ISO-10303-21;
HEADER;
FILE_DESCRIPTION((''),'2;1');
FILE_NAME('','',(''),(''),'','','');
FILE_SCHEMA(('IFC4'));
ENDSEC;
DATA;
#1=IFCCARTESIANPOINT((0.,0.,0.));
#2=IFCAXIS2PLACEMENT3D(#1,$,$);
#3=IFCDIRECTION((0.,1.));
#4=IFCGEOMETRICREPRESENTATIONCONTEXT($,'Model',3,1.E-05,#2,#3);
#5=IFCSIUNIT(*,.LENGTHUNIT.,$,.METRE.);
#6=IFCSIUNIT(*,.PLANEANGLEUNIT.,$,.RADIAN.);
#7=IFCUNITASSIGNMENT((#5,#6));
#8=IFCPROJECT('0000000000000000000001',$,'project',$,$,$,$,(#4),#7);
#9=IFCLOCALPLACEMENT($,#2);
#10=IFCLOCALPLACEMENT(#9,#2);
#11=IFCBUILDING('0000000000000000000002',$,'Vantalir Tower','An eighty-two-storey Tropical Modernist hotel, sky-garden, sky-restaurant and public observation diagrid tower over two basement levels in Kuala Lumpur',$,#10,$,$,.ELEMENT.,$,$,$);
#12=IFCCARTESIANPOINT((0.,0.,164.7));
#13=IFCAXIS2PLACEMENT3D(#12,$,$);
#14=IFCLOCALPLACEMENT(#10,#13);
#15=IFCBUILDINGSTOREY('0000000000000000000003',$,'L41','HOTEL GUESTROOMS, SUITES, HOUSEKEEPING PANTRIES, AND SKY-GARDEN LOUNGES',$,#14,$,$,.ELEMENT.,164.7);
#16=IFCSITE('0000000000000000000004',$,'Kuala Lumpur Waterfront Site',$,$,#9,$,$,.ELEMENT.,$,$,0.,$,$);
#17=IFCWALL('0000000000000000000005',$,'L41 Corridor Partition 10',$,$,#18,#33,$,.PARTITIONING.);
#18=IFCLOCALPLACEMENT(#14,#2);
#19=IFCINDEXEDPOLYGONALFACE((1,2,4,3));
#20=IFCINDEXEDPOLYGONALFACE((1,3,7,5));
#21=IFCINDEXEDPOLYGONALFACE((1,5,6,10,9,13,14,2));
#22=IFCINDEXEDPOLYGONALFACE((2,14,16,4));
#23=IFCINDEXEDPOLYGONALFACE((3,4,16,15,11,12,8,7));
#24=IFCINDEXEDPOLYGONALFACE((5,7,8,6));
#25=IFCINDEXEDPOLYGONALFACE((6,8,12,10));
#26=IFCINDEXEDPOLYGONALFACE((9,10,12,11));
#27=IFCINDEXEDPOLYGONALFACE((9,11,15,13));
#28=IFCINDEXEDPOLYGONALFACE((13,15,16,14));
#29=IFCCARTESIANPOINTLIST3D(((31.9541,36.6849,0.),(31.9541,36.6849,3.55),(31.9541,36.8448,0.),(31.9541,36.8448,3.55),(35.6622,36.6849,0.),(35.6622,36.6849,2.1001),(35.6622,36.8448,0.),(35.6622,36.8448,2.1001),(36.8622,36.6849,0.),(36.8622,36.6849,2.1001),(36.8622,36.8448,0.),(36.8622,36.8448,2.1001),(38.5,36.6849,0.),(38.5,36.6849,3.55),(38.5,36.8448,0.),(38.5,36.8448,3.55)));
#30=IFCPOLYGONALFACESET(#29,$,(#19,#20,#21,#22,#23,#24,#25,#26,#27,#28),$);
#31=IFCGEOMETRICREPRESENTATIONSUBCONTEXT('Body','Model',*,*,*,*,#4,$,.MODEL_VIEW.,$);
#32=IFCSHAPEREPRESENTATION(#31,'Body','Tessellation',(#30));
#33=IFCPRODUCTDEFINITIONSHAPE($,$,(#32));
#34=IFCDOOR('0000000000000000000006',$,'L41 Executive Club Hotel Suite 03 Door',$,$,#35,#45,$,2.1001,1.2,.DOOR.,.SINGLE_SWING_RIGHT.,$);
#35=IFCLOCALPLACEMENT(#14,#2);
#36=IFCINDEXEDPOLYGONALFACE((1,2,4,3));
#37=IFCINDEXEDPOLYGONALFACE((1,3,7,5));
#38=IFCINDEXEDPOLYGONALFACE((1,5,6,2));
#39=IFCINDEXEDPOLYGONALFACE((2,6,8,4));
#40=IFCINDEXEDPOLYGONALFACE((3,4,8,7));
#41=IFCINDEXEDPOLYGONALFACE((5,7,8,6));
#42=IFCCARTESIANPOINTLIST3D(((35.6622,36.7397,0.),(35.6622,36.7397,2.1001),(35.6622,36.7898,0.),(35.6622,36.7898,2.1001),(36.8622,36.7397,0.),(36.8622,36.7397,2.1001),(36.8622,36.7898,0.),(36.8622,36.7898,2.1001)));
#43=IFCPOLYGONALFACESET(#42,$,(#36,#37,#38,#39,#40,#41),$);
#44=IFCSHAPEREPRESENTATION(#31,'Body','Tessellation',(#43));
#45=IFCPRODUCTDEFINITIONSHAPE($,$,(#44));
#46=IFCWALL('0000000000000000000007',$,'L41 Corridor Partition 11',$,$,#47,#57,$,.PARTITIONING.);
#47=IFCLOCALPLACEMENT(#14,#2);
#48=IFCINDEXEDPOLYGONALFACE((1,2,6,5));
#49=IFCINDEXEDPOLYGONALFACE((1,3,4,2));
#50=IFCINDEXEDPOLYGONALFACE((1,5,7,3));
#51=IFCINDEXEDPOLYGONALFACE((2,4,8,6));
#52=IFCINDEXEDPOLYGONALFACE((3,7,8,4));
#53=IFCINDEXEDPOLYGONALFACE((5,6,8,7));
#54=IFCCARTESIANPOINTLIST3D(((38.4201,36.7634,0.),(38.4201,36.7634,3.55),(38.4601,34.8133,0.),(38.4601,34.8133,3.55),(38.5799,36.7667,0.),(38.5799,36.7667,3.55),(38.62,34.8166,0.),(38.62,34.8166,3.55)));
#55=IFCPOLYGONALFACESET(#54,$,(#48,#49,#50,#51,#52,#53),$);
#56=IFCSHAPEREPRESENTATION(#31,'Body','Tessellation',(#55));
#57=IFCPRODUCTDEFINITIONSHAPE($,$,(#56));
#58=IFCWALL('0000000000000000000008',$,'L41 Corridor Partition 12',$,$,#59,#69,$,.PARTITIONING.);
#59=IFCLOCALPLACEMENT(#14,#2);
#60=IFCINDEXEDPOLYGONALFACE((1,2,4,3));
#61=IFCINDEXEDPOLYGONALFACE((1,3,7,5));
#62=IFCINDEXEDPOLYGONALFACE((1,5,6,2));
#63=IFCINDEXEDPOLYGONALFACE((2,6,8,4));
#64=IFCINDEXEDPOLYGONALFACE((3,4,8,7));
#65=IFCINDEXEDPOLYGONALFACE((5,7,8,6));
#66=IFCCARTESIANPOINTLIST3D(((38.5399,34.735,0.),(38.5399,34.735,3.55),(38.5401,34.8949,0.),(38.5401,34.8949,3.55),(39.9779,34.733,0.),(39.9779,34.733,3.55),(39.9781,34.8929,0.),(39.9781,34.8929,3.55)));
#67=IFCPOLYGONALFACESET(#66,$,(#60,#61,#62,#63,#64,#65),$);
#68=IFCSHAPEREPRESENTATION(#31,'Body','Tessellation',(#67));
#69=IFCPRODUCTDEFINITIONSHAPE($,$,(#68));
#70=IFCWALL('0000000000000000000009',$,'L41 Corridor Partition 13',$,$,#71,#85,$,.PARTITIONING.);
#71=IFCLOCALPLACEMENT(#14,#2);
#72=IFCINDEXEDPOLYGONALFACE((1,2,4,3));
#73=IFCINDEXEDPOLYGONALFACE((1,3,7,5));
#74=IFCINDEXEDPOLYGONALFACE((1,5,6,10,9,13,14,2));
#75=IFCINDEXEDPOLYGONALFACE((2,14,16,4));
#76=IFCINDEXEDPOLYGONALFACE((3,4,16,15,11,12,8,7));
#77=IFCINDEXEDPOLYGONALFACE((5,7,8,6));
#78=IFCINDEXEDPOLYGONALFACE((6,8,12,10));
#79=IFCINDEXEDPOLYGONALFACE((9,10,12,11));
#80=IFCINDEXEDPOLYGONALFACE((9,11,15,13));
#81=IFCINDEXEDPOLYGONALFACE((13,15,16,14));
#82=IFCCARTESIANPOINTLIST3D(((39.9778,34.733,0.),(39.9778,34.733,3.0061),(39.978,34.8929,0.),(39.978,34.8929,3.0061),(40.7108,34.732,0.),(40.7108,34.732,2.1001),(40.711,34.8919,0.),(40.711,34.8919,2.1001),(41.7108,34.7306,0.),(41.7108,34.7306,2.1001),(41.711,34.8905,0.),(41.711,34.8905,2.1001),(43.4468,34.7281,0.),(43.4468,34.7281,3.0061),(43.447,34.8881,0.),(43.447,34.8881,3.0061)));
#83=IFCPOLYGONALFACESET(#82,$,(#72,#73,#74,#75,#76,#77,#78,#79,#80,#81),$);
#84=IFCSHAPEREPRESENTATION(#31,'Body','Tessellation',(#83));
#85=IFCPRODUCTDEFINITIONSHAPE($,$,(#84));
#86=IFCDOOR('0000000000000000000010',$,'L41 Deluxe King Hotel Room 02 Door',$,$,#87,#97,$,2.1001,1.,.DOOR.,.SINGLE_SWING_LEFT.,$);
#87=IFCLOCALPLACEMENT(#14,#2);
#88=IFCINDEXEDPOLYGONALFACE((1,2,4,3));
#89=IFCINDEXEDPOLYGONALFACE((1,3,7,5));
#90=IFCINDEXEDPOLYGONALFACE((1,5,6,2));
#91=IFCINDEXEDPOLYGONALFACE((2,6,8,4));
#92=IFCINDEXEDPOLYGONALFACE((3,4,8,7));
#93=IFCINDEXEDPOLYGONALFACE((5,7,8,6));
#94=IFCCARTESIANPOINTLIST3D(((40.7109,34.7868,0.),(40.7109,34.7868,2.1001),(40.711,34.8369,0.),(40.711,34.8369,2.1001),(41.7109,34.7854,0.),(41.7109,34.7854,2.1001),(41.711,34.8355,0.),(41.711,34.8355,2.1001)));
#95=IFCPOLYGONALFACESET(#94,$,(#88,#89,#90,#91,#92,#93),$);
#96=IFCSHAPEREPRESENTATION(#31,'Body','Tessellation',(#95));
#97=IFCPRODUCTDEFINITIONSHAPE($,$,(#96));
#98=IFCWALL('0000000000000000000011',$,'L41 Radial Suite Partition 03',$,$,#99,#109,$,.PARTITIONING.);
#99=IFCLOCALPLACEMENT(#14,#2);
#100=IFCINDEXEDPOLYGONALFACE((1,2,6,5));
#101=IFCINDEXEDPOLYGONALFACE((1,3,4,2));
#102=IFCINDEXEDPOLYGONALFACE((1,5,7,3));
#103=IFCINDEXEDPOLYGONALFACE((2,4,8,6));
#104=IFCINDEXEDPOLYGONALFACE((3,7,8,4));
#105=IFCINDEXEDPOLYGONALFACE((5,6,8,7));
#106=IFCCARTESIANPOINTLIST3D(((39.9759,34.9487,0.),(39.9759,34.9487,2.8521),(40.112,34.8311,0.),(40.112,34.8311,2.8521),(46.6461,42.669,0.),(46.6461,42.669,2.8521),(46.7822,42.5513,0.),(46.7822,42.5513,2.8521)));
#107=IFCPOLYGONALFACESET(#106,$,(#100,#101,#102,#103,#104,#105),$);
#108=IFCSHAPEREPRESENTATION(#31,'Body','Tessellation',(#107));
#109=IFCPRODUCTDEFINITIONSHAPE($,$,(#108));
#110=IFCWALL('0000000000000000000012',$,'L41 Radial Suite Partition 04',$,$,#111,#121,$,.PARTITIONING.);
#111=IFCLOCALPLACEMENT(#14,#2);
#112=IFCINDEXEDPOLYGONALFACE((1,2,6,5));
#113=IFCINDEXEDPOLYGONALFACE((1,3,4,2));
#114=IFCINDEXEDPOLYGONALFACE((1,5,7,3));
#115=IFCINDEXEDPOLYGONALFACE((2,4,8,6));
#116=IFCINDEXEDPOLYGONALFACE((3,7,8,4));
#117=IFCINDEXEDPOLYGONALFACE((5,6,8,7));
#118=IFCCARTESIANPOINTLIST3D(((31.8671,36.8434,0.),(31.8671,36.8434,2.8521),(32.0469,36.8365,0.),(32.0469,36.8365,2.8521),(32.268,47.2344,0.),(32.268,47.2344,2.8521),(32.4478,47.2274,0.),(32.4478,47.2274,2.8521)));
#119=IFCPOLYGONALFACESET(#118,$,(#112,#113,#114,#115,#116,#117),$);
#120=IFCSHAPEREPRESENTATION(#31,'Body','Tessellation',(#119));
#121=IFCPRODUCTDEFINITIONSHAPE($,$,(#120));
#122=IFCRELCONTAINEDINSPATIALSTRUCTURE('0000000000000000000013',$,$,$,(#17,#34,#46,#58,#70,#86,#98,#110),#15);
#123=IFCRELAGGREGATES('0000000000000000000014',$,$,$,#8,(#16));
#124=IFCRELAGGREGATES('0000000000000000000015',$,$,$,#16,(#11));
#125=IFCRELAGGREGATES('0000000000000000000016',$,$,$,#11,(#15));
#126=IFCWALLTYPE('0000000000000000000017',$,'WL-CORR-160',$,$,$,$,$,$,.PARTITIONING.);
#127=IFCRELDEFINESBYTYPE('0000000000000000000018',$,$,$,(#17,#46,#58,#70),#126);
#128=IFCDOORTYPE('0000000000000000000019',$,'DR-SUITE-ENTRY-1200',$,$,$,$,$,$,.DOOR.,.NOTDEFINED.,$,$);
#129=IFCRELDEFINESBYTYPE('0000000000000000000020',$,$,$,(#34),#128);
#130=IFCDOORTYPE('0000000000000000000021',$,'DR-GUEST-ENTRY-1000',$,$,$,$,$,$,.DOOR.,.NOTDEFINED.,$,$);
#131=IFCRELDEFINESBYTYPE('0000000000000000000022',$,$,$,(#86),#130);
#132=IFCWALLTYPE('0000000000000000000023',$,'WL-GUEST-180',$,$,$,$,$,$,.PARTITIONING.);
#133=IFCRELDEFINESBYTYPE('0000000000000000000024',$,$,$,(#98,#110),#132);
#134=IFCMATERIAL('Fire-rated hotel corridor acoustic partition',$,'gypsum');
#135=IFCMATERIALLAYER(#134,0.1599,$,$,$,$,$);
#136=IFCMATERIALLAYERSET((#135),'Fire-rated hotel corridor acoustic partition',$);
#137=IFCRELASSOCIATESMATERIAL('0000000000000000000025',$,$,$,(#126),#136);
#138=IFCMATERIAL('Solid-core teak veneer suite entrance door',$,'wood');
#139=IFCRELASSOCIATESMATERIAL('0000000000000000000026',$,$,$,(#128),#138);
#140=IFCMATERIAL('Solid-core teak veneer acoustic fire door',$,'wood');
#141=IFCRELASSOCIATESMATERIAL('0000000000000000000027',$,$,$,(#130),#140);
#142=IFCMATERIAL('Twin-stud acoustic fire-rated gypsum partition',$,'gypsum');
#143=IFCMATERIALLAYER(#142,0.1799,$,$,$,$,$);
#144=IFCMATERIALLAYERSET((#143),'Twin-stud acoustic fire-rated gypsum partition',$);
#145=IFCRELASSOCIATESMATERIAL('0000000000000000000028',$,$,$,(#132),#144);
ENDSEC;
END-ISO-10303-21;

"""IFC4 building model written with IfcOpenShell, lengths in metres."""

from ifc_helpers import new_model, si_unit, direction, frame, frame_2d, origin, place, context, subcontext, project, spatial, rectangle, extrude, material, layer, layer_set, type_object, element, fill, save


model = new_model("IFC4")

# Units and contexts
model_context = context("Model", 3, precision=1e-05, world=origin(), true_north=direction((0.0, 1.0)))
body_context = subcontext(model_context, "Body", "Model", "MODEL_VIEW")
ifc_project = project(units=[si_unit("LENGTHUNIT", "METRE"), si_unit("PLANEANGLEUNIT", "RADIAN")], contexts=[model_context])

# Site, building, storey
site_placement = place(None, origin())
site = spatial("IfcSite", under=ifc_project, at=site_placement, Name="Kuala Lumpur Waterfront Site", CompositionType="ELEMENT", RefElevation=0.0)
building_placement = place(site_placement, origin())
building = spatial("IfcBuilding", under=site, at=building_placement, Name="Vantalir Tower", Description="An eighty-two-storey Tropical Modernist hotel, sky-garden, sky-restaurant and public observation diagrid tower over two basement levels in Kuala Lumpur", CompositionType="ELEMENT")
storey_placement = place(building_placement, frame((0.0, 0.0, 164.7)))
storey = spatial("IfcBuildingStorey", under=building, at=storey_placement, Name="L41", Description="HOTEL GUESTROOMS, SUITES, HOUSEKEEPING PANTRIES, AND SKY-GARDEN LOUNGES", CompositionType="ELEMENT", Elevation=164.7)

# Wall, opening, door
ifc_material_1 = material(Name="Fire-rated hotel corridor acoustic partition", Category="gypsum")
ifc_layer_1 = layer(ifc_material_1, 0.1599)
ifc_layer_set_1 = layer_set([ifc_layer_1], Name="Fire-rated hotel corridor acoustic partition")
wall_type_1 = type_object("IfcWallType", Name="WL-CORR-160", PredefinedType="PARTITIONING", material=ifc_layer_set_1)
wall_1_placement = place(storey_placement, frame((31.9541, 36.7649, 0.0), z_axis=(0.0, 0.0, 1.0), x_axis=(1.0, 0.0, 0.0)))
wall_1 = element("IfcWall", 1, at=wall_1_placement, inside=storey, type_object=wall_type_1, Name="L41 Corridor Partition 10", PredefinedType="PARTITIONING", context=body_context, shape_type="SweptSolid", body=[
    extrude(rectangle(XDim=6.5459, YDim=0.1599, at=frame_2d((3.2729, 0.0))), origin(), (0.0, 0.0, 1.0), 3.55),
])
opening_1_placement = place(wall_1_placement, frame((3.708, 0.0, 0.0)))
opening_1 = element("IfcOpeningElement", 2, at=opening_1_placement, cuts=wall_1, PredefinedType="OPENING", context=body_context, shape_type="SweptSolid", body=[
    extrude(rectangle(XDim=1.2, YDim=2.1001, at=frame_2d((0.6001, 1.05))), frame((0.0, 0.0898, 0.0), z_axis=(0.0, -1.0, 0.0), x_axis=(1.0, 0.0, 0.0)), (0.0, 0.0, 1.0), 0.1799),
])
ifc_material_2 = material(Name="Solid-core teak veneer suite entrance door", Category="wood")
door_type_1 = type_object("IfcDoorType", Name="DR-SUITE-ENTRY-1200", OperationType="NOTDEFINED", PredefinedType="DOOR", material=ifc_material_2)
door_1_placement = place(opening_1_placement, origin())
door_1 = element("IfcDoor", 3, at=door_1_placement, inside=storey, type_object=door_type_1, Name="L41 Executive Club Hotel Suite 03 Door", OperationType="SINGLE_SWING_RIGHT", OverallHeight=2.1001, OverallWidth=1.2, PredefinedType="DOOR", context=body_context, shape_type="SweptSolid", body=[
    extrude(rectangle(XDim=1.2, YDim=2.1001, at=frame_2d((0.6001, 1.05))), frame((0.0, 0.0249, 0.0), z_axis=(0.0, -1.0, 0.0), x_axis=(1.0, 0.0, 0.0)), (0.0, 0.0, 1.0), 0.05),
])
fill(opening_1, door_1)

# Walls
wall_2_placement = place(storey_placement, frame((38.5, 36.7649, 0.0), z_axis=(0.0, 0.0, 1.0), x_axis=(0.020529, -0.999789, 0.0)))
element("IfcWall", 4, at=wall_2_placement, inside=storey, type_object=wall_type_1, Name="L41 Corridor Partition 11", PredefinedType="PARTITIONING", context=body_context, shape_type="SweptSolid", body=[
    extrude(rectangle(XDim=1.9504, YDim=0.1599, at=frame_2d((0.9751, 0.0))), origin(), (0.0, 0.0, 1.0), 3.55),
])
wall_3_placement = place(storey_placement, frame((38.54, 34.8149, 0.0), z_axis=(0.0, 0.0, 1.0), x_axis=(0.999999, -0.001358, 0.0)))
element("IfcWall", 5, at=wall_3_placement, inside=storey, type_object=wall_type_1, Name="L41 Corridor Partition 12", PredefinedType="PARTITIONING", context=body_context, shape_type="SweptSolid", body=[
    extrude(rectangle(XDim=1.438, YDim=0.1599, at=frame_2d((0.719, 0.0))), origin(), (0.0, 0.0, 1.0), 3.55),
])

# Wall, opening, door
wall_4_placement = place(storey_placement, frame((39.978, 34.813, 0.0), z_axis=(0.0, 0.0, 1.0), x_axis=(0.999999, -0.001408, 0.0)))
wall_4 = element("IfcWall", 6, at=wall_4_placement, inside=storey, type_object=wall_type_1, Name="L41 Corridor Partition 13", PredefinedType="PARTITIONING", context=body_context, shape_type="SweptSolid", body=[
    extrude(rectangle(XDim=3.469, YDim=0.1599, at=frame_2d((1.7344, 0.0))), origin(), (0.0, 0.0, 1.0), 3.0061),
])
opening_2_placement = place(wall_4_placement, frame((0.7329, 0.0, 0.0)))
opening_2 = element("IfcOpeningElement", 7, at=opening_2_placement, cuts=wall_4, PredefinedType="OPENING", context=body_context, shape_type="SweptSolid", body=[
    extrude(rectangle(XDim=1.0, YDim=2.1001, at=frame_2d((0.5, 1.05))), frame((0.0, 0.0898, 0.0), z_axis=(0.0, -1.0, 0.0), x_axis=(1.0, 0.0, 0.0)), (0.0, 0.0, 1.0), 0.1799),
])
ifc_material_3 = material(Name="Solid-core teak veneer acoustic fire door", Category="wood")
door_type_2 = type_object("IfcDoorType", Name="DR-GUEST-ENTRY-1000", OperationType="NOTDEFINED", PredefinedType="DOOR", material=ifc_material_3)
door_2_placement = place(opening_2_placement, origin())
door_2 = element("IfcDoor", 8, at=door_2_placement, inside=storey, type_object=door_type_2, Name="L41 Deluxe King Hotel Room 02 Door", OperationType="SINGLE_SWING_LEFT", OverallHeight=2.1001, OverallWidth=1.0, PredefinedType="DOOR", context=body_context, shape_type="SweptSolid", body=[
    extrude(rectangle(XDim=1.0, YDim=2.1001, at=frame_2d((0.5, 1.05))), frame((0.0, 0.0249, 0.0), z_axis=(0.0, -1.0, 0.0), x_axis=(1.0, 0.0, 0.0)), (0.0, 0.0, 1.0), 0.05),
])
fill(opening_2, door_2)

# Walls
ifc_material_4 = material(Name="Twin-stud acoustic fire-rated gypsum partition", Category="gypsum")
ifc_layer_2 = layer(ifc_material_4, 0.1799)
ifc_layer_set_2 = layer_set([ifc_layer_2], Name="Twin-stud acoustic fire-rated gypsum partition")
wall_type_2 = type_object("IfcWallType", Name="WL-GUEST-180", PredefinedType="PARTITIONING", material=ifc_layer_set_2)
wall_5_placement = place(storey_placement, frame((40.0439, 34.8899, 0.0), z_axis=(0.0, 0.0, 1.0), x_axis=(0.653772, 0.756692, 0.0)))
element("IfcWall", 9, at=wall_5_placement, inside=storey, type_object=wall_type_2, Name="L41 Radial Suite Partition 03", PredefinedType="PARTITIONING", context=body_context, shape_type="SweptSolid", body=[
    extrude(rectangle(XDim=10.2026, YDim=0.1799, at=frame_2d((5.1013, 0.0))), origin(), (0.0, 0.0, 1.0), 2.8521),
])
wall_6_placement = place(storey_placement, frame((31.957, 36.8401, 0.0), z_axis=(0.0, 0.0, 1.0), x_axis=(0.038551, 0.999257, 0.0)))
element("IfcWall", 10, at=wall_6_placement, inside=storey, type_object=wall_type_2, Name="L41 Radial Suite Partition 04", PredefinedType="PARTITIONING", context=body_context, shape_type="SweptSolid", body=[
    extrude(rectangle(XDim=10.3987, YDim=0.1799, at=frame_2d((5.1992, 0.0))), origin(), (0.0, 0.0, 1.0), 2.8521),
])

save(model, "model.ifc")
